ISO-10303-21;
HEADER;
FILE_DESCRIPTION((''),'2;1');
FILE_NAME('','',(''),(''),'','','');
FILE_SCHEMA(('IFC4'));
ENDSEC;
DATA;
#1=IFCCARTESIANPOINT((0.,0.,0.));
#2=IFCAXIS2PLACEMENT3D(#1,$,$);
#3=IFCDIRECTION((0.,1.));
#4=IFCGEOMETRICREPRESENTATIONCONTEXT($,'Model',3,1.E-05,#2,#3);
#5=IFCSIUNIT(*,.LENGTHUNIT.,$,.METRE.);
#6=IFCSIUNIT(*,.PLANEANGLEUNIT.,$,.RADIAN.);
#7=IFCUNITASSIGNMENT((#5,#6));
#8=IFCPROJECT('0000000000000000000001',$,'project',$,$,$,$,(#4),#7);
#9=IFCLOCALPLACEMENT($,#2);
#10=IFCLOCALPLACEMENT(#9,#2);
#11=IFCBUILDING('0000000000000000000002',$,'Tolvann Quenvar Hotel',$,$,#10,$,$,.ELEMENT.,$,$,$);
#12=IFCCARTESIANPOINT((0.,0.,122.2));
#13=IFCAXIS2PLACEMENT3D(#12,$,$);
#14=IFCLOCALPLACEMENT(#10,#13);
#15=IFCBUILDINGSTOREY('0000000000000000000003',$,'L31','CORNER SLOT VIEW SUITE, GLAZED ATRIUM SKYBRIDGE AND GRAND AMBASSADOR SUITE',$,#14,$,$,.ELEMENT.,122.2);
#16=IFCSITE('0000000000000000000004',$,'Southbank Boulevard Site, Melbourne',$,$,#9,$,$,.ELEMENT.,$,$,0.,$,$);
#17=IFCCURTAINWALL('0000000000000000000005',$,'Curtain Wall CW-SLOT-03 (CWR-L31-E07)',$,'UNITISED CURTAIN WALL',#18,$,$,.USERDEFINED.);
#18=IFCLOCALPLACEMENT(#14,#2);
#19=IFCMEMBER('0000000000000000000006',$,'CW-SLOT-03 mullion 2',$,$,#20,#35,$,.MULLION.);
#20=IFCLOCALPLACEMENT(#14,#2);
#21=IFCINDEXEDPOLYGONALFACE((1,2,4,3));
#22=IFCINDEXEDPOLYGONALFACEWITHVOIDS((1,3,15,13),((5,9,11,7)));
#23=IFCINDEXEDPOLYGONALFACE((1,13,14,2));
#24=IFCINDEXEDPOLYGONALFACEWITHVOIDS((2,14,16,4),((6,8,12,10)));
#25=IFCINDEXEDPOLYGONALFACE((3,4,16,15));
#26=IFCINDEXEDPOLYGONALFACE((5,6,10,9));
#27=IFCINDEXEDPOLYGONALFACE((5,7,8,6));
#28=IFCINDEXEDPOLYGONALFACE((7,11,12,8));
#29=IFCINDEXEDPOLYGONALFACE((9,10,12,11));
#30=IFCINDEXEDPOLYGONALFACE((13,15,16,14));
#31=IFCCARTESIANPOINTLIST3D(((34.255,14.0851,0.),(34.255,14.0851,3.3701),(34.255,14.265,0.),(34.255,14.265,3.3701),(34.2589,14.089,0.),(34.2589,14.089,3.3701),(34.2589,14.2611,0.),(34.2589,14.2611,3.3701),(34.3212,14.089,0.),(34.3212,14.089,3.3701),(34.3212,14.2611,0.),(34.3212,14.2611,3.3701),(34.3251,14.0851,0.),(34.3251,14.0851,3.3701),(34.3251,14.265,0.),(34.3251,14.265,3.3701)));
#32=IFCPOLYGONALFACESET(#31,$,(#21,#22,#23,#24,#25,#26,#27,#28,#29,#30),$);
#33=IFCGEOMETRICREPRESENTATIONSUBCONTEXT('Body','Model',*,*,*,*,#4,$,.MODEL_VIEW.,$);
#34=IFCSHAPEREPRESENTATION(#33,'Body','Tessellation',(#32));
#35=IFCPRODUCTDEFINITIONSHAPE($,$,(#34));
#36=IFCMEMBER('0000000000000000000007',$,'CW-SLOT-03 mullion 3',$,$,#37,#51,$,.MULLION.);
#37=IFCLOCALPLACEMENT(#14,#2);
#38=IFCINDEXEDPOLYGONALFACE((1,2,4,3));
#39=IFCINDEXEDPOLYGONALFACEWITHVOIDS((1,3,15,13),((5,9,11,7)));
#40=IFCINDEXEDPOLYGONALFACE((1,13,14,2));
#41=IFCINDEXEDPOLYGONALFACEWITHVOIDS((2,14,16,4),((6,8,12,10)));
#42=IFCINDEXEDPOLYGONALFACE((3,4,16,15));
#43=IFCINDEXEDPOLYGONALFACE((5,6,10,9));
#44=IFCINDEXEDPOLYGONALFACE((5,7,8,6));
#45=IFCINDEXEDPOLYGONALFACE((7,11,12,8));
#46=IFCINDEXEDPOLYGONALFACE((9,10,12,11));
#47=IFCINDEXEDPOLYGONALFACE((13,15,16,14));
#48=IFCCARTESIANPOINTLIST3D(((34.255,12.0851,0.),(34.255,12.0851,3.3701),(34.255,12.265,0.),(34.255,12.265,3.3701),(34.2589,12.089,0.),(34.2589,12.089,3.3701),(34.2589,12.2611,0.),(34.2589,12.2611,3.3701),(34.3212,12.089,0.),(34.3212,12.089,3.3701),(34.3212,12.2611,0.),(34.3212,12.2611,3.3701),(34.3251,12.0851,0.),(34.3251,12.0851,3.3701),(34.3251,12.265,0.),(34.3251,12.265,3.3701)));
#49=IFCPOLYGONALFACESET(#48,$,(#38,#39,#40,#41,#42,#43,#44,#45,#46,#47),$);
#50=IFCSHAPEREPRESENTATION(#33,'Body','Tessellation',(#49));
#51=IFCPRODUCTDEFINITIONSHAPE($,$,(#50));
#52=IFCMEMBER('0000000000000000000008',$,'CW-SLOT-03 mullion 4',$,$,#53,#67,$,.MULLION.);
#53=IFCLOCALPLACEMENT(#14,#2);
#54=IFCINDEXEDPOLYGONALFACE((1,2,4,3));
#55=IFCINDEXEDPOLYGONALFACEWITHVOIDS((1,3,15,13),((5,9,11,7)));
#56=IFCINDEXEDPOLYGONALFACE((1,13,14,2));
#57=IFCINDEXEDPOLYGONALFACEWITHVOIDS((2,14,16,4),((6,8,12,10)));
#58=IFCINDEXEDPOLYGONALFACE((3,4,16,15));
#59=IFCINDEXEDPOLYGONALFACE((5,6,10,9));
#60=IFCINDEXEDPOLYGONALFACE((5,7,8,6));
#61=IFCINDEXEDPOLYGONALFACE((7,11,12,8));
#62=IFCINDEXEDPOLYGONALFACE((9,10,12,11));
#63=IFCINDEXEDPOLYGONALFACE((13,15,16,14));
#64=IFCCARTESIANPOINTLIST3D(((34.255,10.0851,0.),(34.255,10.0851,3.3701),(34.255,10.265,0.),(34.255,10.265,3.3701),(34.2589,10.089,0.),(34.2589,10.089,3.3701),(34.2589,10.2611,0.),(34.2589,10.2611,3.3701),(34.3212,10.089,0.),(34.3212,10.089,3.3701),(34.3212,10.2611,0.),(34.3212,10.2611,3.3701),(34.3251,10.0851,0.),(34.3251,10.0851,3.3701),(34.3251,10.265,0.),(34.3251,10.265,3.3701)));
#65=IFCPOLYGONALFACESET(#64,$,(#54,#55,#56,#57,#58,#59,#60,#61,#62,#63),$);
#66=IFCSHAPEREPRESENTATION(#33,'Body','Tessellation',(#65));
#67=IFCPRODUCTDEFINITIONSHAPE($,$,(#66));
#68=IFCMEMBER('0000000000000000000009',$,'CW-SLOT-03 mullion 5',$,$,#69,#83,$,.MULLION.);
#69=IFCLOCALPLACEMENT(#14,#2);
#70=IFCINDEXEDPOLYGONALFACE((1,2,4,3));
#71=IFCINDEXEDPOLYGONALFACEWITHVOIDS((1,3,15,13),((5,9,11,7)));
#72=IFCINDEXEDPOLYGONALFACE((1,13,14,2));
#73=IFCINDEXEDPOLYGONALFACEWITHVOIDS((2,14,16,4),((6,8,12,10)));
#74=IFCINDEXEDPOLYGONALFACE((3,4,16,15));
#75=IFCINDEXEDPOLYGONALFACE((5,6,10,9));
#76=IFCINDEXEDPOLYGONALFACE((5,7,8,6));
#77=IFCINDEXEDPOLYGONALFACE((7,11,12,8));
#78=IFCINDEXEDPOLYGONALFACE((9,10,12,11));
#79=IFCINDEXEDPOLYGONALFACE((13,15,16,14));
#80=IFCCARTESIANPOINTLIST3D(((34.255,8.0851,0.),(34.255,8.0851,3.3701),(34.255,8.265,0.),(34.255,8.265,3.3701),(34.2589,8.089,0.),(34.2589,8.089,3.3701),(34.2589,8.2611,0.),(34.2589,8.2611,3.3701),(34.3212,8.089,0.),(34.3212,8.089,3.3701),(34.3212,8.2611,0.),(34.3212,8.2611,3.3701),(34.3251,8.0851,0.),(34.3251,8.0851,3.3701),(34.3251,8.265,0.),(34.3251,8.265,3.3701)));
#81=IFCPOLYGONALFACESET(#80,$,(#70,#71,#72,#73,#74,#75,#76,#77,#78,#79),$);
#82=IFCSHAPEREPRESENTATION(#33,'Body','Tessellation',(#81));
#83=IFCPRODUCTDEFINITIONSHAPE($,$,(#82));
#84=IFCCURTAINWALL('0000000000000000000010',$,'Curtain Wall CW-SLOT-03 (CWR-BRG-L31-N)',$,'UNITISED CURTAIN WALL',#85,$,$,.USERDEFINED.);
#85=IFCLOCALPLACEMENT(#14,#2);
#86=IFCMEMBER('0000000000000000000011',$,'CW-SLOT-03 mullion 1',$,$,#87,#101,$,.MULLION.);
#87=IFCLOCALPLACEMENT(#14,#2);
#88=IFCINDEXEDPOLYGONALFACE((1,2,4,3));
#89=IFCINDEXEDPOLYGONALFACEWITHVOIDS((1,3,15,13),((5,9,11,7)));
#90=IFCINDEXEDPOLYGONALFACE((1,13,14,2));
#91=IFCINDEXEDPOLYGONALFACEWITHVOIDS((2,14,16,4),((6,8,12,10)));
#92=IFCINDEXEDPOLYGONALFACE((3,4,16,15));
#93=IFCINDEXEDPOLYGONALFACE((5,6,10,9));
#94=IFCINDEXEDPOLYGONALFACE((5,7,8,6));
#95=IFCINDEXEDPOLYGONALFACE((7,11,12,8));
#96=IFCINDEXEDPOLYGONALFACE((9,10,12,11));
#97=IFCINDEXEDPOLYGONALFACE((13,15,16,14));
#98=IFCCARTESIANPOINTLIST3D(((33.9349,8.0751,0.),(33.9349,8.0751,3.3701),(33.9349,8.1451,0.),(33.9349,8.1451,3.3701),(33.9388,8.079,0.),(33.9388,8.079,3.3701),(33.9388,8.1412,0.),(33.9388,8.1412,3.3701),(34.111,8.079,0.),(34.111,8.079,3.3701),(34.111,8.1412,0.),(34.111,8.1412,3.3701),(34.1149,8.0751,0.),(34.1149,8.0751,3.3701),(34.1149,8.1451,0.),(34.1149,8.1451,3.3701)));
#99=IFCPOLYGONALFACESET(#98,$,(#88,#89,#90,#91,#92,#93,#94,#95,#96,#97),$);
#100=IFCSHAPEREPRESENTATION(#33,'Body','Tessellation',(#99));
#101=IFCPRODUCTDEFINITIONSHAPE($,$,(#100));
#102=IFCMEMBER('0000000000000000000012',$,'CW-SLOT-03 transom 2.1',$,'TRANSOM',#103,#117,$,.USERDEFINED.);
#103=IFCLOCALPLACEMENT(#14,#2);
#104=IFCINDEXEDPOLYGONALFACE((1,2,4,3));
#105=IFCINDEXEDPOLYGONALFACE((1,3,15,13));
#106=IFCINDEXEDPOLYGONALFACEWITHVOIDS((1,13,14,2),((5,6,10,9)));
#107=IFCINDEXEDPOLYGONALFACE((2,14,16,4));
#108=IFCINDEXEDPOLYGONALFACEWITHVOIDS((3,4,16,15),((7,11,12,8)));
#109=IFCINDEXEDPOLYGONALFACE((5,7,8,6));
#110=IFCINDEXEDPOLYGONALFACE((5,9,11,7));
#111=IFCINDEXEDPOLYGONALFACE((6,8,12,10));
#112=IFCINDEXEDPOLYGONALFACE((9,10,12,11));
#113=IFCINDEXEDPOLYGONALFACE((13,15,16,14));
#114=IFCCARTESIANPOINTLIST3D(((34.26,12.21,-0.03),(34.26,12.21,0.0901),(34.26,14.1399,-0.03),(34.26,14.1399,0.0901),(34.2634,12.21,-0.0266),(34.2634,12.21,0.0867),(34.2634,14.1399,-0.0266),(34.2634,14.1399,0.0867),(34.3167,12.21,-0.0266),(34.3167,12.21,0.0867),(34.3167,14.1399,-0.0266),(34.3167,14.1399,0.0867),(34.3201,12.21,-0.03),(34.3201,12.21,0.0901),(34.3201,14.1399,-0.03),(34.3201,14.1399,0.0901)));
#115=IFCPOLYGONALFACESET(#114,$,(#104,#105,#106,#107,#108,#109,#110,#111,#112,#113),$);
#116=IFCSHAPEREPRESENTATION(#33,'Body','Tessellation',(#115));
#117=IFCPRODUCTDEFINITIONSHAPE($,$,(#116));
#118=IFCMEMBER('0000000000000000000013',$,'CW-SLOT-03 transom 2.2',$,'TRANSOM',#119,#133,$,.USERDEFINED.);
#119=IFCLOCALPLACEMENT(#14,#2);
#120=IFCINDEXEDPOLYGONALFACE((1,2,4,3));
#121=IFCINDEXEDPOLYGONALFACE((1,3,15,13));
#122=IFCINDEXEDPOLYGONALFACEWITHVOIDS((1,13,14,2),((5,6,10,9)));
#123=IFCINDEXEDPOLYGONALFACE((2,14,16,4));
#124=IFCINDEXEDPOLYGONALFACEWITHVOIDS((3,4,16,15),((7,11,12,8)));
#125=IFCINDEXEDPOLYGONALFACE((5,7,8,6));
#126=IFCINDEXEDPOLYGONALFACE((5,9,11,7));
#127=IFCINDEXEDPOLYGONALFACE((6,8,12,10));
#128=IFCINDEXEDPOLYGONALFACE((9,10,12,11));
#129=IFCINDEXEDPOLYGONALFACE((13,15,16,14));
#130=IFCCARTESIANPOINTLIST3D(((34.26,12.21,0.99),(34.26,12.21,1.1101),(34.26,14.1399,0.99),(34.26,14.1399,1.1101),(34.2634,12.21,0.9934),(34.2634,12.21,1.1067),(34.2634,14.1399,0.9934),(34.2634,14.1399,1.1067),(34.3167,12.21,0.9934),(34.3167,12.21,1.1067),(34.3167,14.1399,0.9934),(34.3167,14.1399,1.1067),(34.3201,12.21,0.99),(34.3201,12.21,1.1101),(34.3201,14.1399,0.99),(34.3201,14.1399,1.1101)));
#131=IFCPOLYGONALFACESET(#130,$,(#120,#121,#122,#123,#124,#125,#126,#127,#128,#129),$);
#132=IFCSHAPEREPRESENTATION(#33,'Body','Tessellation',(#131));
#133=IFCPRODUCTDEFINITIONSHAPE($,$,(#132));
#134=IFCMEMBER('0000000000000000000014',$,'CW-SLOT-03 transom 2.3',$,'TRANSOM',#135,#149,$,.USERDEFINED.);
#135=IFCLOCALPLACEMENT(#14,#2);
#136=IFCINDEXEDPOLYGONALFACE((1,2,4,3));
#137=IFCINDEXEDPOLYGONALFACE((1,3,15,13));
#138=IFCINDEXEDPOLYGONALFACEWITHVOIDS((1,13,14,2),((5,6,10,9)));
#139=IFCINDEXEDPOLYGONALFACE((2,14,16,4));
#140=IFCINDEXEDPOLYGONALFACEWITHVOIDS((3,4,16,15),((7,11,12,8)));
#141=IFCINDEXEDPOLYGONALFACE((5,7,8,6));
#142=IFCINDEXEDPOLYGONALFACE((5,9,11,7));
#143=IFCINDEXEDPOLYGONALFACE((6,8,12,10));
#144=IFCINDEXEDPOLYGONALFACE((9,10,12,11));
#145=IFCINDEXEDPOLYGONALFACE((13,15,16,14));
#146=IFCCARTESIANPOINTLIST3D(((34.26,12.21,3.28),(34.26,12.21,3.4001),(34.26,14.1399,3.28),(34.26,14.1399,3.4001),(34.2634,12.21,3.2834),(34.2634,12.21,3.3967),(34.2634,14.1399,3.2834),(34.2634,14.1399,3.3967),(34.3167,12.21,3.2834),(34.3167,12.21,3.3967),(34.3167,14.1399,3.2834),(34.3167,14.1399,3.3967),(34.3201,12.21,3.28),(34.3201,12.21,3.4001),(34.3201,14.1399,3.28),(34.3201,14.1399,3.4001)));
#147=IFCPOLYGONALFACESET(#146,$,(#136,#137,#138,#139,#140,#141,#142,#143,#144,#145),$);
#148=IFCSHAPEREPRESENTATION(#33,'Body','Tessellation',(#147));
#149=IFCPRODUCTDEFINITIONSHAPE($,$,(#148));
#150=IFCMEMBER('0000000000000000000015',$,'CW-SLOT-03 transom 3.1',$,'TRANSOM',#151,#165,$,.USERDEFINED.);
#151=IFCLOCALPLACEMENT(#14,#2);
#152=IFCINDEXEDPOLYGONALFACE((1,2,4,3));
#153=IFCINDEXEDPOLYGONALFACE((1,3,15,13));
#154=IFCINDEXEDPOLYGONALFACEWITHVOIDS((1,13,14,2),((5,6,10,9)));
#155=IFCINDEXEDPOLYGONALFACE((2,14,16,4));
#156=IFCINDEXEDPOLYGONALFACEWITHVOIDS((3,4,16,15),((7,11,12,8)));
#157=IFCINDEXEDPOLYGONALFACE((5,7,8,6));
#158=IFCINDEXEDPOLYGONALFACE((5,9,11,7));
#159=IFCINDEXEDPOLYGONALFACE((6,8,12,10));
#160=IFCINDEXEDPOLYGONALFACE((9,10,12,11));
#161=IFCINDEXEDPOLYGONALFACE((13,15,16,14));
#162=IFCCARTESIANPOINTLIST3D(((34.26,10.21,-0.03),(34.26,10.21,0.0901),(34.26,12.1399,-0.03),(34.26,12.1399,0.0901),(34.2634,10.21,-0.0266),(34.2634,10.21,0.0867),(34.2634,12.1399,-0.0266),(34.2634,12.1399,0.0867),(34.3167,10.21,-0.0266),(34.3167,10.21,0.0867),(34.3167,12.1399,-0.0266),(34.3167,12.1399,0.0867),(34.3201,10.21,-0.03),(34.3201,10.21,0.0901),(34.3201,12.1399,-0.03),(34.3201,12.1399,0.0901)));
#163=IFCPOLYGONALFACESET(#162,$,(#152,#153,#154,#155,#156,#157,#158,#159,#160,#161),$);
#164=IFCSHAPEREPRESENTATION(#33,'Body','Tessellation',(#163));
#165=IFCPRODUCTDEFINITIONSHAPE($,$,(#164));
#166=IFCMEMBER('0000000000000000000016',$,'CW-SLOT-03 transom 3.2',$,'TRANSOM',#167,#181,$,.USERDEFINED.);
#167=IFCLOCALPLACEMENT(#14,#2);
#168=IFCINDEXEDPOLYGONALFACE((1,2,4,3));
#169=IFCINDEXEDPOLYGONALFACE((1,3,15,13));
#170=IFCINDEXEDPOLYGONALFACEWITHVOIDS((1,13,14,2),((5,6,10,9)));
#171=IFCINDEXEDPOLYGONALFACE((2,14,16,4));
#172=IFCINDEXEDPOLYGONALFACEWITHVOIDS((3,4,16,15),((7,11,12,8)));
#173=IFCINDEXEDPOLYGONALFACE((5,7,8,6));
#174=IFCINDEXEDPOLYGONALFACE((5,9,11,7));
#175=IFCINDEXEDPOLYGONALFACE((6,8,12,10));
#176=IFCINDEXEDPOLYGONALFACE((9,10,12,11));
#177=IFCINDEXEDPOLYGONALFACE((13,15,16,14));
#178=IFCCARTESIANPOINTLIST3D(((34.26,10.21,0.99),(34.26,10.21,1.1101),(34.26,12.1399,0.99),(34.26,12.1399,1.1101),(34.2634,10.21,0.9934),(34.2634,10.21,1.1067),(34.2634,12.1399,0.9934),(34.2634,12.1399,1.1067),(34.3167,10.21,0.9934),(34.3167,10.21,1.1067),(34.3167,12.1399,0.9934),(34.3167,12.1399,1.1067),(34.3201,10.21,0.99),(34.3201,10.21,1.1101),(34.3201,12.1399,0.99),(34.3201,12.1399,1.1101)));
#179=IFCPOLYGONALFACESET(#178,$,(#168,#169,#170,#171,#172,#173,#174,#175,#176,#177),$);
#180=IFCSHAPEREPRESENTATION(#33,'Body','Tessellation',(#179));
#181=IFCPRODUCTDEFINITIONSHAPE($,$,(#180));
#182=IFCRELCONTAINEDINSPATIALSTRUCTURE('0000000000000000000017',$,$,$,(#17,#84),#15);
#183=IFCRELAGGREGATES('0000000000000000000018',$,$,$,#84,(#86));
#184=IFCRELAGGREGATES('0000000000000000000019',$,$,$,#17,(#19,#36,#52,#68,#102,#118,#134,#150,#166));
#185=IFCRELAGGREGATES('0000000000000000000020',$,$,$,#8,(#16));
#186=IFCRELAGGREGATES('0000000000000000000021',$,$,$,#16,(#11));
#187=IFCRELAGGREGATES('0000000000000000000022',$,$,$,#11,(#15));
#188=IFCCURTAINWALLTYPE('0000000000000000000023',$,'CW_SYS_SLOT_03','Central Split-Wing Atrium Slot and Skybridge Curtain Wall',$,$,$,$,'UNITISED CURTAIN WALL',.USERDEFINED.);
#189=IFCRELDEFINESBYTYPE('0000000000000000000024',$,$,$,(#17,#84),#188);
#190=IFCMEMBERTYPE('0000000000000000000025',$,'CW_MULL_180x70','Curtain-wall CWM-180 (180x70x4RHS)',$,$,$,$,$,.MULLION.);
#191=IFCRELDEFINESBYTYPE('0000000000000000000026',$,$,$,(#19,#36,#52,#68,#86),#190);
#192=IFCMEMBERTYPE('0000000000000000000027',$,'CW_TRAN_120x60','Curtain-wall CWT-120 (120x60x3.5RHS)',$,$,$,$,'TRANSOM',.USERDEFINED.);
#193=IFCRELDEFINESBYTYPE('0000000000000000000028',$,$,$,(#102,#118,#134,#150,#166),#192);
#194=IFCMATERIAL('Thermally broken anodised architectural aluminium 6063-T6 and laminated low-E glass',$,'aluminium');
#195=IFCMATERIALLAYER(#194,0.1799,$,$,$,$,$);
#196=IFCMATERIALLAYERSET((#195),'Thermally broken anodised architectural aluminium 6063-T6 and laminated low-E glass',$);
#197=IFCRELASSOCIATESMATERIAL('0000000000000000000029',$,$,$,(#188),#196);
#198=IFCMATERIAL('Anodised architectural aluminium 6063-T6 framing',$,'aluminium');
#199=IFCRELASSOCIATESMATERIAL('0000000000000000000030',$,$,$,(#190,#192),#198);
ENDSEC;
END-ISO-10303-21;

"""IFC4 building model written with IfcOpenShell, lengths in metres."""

from ifc_helpers import new_model, si_unit, direction, frame, origin, origin_2d, place, context, subcontext, project, spatial, hollow_rectangle, extrude, source, transform, mapped, material, layer, layer_set, material_profile, profile_set, type_object, type_shapes, element, aggregate, save


model = new_model("IFC4")

# Units and contexts
model_context = context("Model", 3, precision=1e-05, world=origin(), true_north=direction((0.0, 1.0)))
body_context = subcontext(model_context, "Body", "Model", "MODEL_VIEW")
ifc_project = project(units=[si_unit("LENGTHUNIT", "METRE"), si_unit("PLANEANGLEUNIT", "RADIAN")], contexts=[model_context])

# Site, building, storey
site_placement = place(None, origin())
site = spatial("IfcSite", under=ifc_project, at=site_placement, Name="Southbank Boulevard Site, Melbourne", CompositionType="ELEMENT", RefElevation=0.0)
building_placement = place(site_placement, origin())
building = spatial("IfcBuilding", under=site, at=building_placement, Name="Tolvann Quenvar Hotel", CompositionType="ELEMENT")
storey_placement = place(building_placement, frame((0.0, 0.0, 122.2)))
storey = spatial("IfcBuildingStorey", under=building, at=storey_placement, Name="L31", Description="CORNER SLOT VIEW SUITE, GLAZED ATRIUM SKYBRIDGE AND GRAND AMBASSADOR SUITE", CompositionType="ELEMENT", Elevation=122.2)

# Curtain wall, members
ifc_material_1 = material(Name="Thermally broken anodised architectural aluminium 6063-T6 and laminated low-E glass", Category="aluminium")
ifc_layer_1 = layer(ifc_material_1, 0.1799)
ifc_layer_set_1 = layer_set([ifc_layer_1], Name="Thermally broken anodised architectural aluminium 6063-T6 and laminated low-E glass")
curtain_wall_type = type_object("IfcCurtainWallType", Name="CW_SYS_SLOT_03", Description="Central Split-Wing Atrium Slot and Skybridge Curtain Wall", ElementType="UNITISED CURTAIN WALL", PredefinedType="USERDEFINED", material=ifc_layer_set_1)
curtain_wall_1_placement = place(storey_placement, origin())
curtain_wall_1 = element("IfcCurtainWall", 1, at=curtain_wall_1_placement, inside=storey, type_object=curtain_wall_type, Name="Curtain Wall CW-SLOT-03 (CWR-L31-E07)", ObjectType="UNITISED CURTAIN WALL", PredefinedType="USERDEFINED")
ifc_material_2 = material(Name="Anodised architectural aluminium 6063-T6 framing", Category="aluminium")
ifc_material_profile_1 = material_profile(ifc_material_2, hollow_rectangle(XDim=0.0701, YDim=0.1799, WallThickness=0.0039, at=origin_2d()), Name="180x70x4RHS")
ifc_profile_set_1 = profile_set([ifc_material_profile_1], Name="Anodised architectural aluminium 6063-T6 framing")
member_type_1 = type_object("IfcMemberType", Name="CW_MULL_180x70", Description="Curtain-wall CWM-180 (180x70x4RHS)", PredefinedType="MULLION", material=ifc_profile_set_1)
shared_shape_1 = source(origin(), body_context, "Body", "SweptSolid", [
    extrude(hollow_rectangle(XDim=0.0701, YDim=0.1799, WallThickness=0.0039, at=origin_2d()), origin(), (0.0, 0.0, 1.0), 3.3701),
])
type_shapes(member_type_1, [shared_shape_1])
member_1_placement = place(storey_placement, frame((34.29, 14.175, 0.0), z_axis=(0.0, 0.0, 1.0), x_axis=(1.0, 0.0, 0.0)))
member_1 = element("IfcMember", 2, at=member_1_placement, type_object=member_type_1, Name="CW-SLOT-03 mullion 2", PredefinedType="MULLION", context=body_context, shape_type="MappedRepresentation", body=[
    mapped(shared_shape_1, transform((0.0, 0.0, 0.0), x_axis=(1.0, 0.0, 0.0), y_axis=(0.0, 1.0, 0.0), z_axis=(0.0, 0.0, 1.0), scale=1.0)),
])
member_2_placement = place(storey_placement, frame((34.29, 12.175, 0.0), z_axis=(0.0, 0.0, 1.0), x_axis=(1.0, 0.0, 0.0)))
member_2 = element("IfcMember", 3, at=member_2_placement, type_object=member_type_1, Name="CW-SLOT-03 mullion 3", PredefinedType="MULLION", context=body_context, shape_type="MappedRepresentation", body=[
    mapped(shared_shape_1, transform((0.0, 0.0, 0.0), x_axis=(1.0, 0.0, 0.0), y_axis=(0.0, 1.0, 0.0), z_axis=(0.0, 0.0, 1.0), scale=1.0)),
])
member_3_placement = place(storey_placement, frame((34.29, 10.175, 0.0), z_axis=(0.0, 0.0, 1.0), x_axis=(1.0, 0.0, 0.0)))
member_3 = element("IfcMember", 4, at=member_3_placement, type_object=member_type_1, Name="CW-SLOT-03 mullion 4", PredefinedType="MULLION", context=body_context, shape_type="MappedRepresentation", body=[
    mapped(shared_shape_1, transform((0.0, 0.0, 0.0), x_axis=(1.0, 0.0, 0.0), y_axis=(0.0, 1.0, 0.0), z_axis=(0.0, 0.0, 1.0), scale=1.0)),
])
member_4_placement = place(storey_placement, frame((34.29, 8.175, 0.0), z_axis=(0.0, 0.0, 1.0), x_axis=(1.0, 0.0, 0.0)))
member_4 = element("IfcMember", 5, at=member_4_placement, type_object=member_type_1, Name="CW-SLOT-03 mullion 5", PredefinedType="MULLION", context=body_context, shape_type="MappedRepresentation", body=[
    mapped(shared_shape_1, transform((0.0, 0.0, 0.0), x_axis=(1.0, 0.0, 0.0), y_axis=(0.0, 1.0, 0.0), z_axis=(0.0, 0.0, 1.0), scale=1.0)),
])

# Curtain wall, member
curtain_wall_2_placement = place(storey_placement, origin())
curtain_wall_2 = element("IfcCurtainWall", 6, at=curtain_wall_2_placement, inside=storey, type_object=curtain_wall_type, Name="Curtain Wall CW-SLOT-03 (CWR-BRG-L31-N)", ObjectType="UNITISED CURTAIN WALL", PredefinedType="USERDEFINED")
member_5_placement = place(storey_placement, frame((34.0249, 8.1101, 0.0), z_axis=(0.0, 0.0, 1.0), x_axis=(0.0, -1.0, 0.0)))
member_5 = element("IfcMember", 7, at=member_5_placement, type_object=member_type_1, Name="CW-SLOT-03 mullion 1", PredefinedType="MULLION", context=body_context, shape_type="MappedRepresentation", body=[
    mapped(shared_shape_1, transform((0.0, 0.0, 0.0), x_axis=(1.0, 0.0, 0.0), y_axis=(0.0, 1.0, 0.0), z_axis=(0.0, 0.0, 1.0), scale=1.0)),
])

# Members
ifc_material_profile_2 = material_profile(ifc_material_2, hollow_rectangle(XDim=0.0601, YDim=0.1201, WallThickness=0.0034, at=origin_2d()), Name="120x60x3.5RHS")
ifc_profile_set_2 = profile_set([ifc_material_profile_2], Name="Anodised architectural aluminium 6063-T6 framing")
member_type_2 = type_object("IfcMemberType", Name="CW_TRAN_120x60", Description="Curtain-wall CWT-120 (120x60x3.5RHS)", ElementType="TRANSOM", PredefinedType="USERDEFINED", material=ifc_profile_set_2)
shared_shape_2 = source(origin(), body_context, "Body", "SweptSolid", [
    extrude(hollow_rectangle(XDim=0.0601, YDim=0.1201, WallThickness=0.0034, at=origin_2d()), origin(), (0.0, 0.0, 1.0), 1.9299),
])
member_6_placement = place(storey_placement, frame((34.29, 14.1399, 0.03), z_axis=(0.0, -1.0, 0.0), x_axis=(1.0, 0.0, 0.0)))
member_6 = element("IfcMember", 8, at=member_6_placement, type_object=member_type_2, Name="CW-SLOT-03 transom 2.1", ObjectType="TRANSOM", PredefinedType="USERDEFINED", context=body_context, shape_type="MappedRepresentation", body=[
    mapped(shared_shape_2, transform((0.0, 0.0, 0.0), x_axis=(1.0, 0.0, 0.0), y_axis=(0.0, 1.0, 0.0), z_axis=(0.0, 0.0, 1.0), scale=1.0)),
])
member_7_placement = place(storey_placement, frame((34.29, 14.1399, 1.05), z_axis=(0.0, -1.0, 0.0), x_axis=(1.0, 0.0, 0.0)))
member_7 = element("IfcMember", 9, at=member_7_placement, type_object=member_type_2, Name="CW-SLOT-03 transom 2.2", ObjectType="TRANSOM", PredefinedType="USERDEFINED", context=body_context, shape_type="MappedRepresentation", body=[
    mapped(shared_shape_2, transform((0.0, 0.0, 0.0), x_axis=(1.0, 0.0, 0.0), y_axis=(0.0, 1.0, 0.0), z_axis=(0.0, 0.0, 1.0), scale=1.0)),
])
member_8_placement = place(storey_placement, frame((34.29, 14.1399, 3.3401), z_axis=(0.0, -1.0, 0.0), x_axis=(1.0, 0.0, 0.0)))
member_8 = element("IfcMember", 10, at=member_8_placement, type_object=member_type_2, Name="CW-SLOT-03 transom 2.3", ObjectType="TRANSOM", PredefinedType="USERDEFINED", context=body_context, shape_type="MappedRepresentation", body=[
    mapped(shared_shape_2, transform((0.0, 0.0, 0.0), x_axis=(1.0, 0.0, 0.0), y_axis=(0.0, 1.0, 0.0), z_axis=(0.0, 0.0, 1.0), scale=1.0)),
])
member_9_placement = place(storey_placement, frame((34.29, 12.1399, 0.03), z_axis=(0.0, -1.0, 0.0), x_axis=(1.0, 0.0, 0.0)))
member_9 = element("IfcMember", 11, at=member_9_placement, type_object=member_type_2, Name="CW-SLOT-03 transom 3.1", ObjectType="TRANSOM", PredefinedType="USERDEFINED", context=body_context, shape_type="MappedRepresentation", body=[
    mapped(shared_shape_2, transform((0.0, 0.0, 0.0), x_axis=(1.0, 0.0, 0.0), y_axis=(0.0, 1.0, 0.0), z_axis=(0.0, 0.0, 1.0), scale=1.0)),
])
member_10_placement = place(storey_placement, frame((34.29, 12.1399, 1.05), z_axis=(0.0, -1.0, 0.0), x_axis=(1.0, 0.0, 0.0)))
member_10 = element("IfcMember", 12, at=member_10_placement, type_object=member_type_2, Name="CW-SLOT-03 transom 3.2", ObjectType="TRANSOM", PredefinedType="USERDEFINED", context=body_context, shape_type="MappedRepresentation", body=[
    mapped(shared_shape_2, transform((0.0, 0.0, 0.0), x_axis=(1.0, 0.0, 0.0), y_axis=(0.0, 1.0, 0.0), z_axis=(0.0, 0.0, 1.0), scale=1.0)),
])
aggregate(curtain_wall_2, [member_5])

aggregate(curtain_wall_1, [member_1, member_2, member_3, member_4, member_6, member_7, member_8, member_9, member_10])

save(model, "model.ifc")
